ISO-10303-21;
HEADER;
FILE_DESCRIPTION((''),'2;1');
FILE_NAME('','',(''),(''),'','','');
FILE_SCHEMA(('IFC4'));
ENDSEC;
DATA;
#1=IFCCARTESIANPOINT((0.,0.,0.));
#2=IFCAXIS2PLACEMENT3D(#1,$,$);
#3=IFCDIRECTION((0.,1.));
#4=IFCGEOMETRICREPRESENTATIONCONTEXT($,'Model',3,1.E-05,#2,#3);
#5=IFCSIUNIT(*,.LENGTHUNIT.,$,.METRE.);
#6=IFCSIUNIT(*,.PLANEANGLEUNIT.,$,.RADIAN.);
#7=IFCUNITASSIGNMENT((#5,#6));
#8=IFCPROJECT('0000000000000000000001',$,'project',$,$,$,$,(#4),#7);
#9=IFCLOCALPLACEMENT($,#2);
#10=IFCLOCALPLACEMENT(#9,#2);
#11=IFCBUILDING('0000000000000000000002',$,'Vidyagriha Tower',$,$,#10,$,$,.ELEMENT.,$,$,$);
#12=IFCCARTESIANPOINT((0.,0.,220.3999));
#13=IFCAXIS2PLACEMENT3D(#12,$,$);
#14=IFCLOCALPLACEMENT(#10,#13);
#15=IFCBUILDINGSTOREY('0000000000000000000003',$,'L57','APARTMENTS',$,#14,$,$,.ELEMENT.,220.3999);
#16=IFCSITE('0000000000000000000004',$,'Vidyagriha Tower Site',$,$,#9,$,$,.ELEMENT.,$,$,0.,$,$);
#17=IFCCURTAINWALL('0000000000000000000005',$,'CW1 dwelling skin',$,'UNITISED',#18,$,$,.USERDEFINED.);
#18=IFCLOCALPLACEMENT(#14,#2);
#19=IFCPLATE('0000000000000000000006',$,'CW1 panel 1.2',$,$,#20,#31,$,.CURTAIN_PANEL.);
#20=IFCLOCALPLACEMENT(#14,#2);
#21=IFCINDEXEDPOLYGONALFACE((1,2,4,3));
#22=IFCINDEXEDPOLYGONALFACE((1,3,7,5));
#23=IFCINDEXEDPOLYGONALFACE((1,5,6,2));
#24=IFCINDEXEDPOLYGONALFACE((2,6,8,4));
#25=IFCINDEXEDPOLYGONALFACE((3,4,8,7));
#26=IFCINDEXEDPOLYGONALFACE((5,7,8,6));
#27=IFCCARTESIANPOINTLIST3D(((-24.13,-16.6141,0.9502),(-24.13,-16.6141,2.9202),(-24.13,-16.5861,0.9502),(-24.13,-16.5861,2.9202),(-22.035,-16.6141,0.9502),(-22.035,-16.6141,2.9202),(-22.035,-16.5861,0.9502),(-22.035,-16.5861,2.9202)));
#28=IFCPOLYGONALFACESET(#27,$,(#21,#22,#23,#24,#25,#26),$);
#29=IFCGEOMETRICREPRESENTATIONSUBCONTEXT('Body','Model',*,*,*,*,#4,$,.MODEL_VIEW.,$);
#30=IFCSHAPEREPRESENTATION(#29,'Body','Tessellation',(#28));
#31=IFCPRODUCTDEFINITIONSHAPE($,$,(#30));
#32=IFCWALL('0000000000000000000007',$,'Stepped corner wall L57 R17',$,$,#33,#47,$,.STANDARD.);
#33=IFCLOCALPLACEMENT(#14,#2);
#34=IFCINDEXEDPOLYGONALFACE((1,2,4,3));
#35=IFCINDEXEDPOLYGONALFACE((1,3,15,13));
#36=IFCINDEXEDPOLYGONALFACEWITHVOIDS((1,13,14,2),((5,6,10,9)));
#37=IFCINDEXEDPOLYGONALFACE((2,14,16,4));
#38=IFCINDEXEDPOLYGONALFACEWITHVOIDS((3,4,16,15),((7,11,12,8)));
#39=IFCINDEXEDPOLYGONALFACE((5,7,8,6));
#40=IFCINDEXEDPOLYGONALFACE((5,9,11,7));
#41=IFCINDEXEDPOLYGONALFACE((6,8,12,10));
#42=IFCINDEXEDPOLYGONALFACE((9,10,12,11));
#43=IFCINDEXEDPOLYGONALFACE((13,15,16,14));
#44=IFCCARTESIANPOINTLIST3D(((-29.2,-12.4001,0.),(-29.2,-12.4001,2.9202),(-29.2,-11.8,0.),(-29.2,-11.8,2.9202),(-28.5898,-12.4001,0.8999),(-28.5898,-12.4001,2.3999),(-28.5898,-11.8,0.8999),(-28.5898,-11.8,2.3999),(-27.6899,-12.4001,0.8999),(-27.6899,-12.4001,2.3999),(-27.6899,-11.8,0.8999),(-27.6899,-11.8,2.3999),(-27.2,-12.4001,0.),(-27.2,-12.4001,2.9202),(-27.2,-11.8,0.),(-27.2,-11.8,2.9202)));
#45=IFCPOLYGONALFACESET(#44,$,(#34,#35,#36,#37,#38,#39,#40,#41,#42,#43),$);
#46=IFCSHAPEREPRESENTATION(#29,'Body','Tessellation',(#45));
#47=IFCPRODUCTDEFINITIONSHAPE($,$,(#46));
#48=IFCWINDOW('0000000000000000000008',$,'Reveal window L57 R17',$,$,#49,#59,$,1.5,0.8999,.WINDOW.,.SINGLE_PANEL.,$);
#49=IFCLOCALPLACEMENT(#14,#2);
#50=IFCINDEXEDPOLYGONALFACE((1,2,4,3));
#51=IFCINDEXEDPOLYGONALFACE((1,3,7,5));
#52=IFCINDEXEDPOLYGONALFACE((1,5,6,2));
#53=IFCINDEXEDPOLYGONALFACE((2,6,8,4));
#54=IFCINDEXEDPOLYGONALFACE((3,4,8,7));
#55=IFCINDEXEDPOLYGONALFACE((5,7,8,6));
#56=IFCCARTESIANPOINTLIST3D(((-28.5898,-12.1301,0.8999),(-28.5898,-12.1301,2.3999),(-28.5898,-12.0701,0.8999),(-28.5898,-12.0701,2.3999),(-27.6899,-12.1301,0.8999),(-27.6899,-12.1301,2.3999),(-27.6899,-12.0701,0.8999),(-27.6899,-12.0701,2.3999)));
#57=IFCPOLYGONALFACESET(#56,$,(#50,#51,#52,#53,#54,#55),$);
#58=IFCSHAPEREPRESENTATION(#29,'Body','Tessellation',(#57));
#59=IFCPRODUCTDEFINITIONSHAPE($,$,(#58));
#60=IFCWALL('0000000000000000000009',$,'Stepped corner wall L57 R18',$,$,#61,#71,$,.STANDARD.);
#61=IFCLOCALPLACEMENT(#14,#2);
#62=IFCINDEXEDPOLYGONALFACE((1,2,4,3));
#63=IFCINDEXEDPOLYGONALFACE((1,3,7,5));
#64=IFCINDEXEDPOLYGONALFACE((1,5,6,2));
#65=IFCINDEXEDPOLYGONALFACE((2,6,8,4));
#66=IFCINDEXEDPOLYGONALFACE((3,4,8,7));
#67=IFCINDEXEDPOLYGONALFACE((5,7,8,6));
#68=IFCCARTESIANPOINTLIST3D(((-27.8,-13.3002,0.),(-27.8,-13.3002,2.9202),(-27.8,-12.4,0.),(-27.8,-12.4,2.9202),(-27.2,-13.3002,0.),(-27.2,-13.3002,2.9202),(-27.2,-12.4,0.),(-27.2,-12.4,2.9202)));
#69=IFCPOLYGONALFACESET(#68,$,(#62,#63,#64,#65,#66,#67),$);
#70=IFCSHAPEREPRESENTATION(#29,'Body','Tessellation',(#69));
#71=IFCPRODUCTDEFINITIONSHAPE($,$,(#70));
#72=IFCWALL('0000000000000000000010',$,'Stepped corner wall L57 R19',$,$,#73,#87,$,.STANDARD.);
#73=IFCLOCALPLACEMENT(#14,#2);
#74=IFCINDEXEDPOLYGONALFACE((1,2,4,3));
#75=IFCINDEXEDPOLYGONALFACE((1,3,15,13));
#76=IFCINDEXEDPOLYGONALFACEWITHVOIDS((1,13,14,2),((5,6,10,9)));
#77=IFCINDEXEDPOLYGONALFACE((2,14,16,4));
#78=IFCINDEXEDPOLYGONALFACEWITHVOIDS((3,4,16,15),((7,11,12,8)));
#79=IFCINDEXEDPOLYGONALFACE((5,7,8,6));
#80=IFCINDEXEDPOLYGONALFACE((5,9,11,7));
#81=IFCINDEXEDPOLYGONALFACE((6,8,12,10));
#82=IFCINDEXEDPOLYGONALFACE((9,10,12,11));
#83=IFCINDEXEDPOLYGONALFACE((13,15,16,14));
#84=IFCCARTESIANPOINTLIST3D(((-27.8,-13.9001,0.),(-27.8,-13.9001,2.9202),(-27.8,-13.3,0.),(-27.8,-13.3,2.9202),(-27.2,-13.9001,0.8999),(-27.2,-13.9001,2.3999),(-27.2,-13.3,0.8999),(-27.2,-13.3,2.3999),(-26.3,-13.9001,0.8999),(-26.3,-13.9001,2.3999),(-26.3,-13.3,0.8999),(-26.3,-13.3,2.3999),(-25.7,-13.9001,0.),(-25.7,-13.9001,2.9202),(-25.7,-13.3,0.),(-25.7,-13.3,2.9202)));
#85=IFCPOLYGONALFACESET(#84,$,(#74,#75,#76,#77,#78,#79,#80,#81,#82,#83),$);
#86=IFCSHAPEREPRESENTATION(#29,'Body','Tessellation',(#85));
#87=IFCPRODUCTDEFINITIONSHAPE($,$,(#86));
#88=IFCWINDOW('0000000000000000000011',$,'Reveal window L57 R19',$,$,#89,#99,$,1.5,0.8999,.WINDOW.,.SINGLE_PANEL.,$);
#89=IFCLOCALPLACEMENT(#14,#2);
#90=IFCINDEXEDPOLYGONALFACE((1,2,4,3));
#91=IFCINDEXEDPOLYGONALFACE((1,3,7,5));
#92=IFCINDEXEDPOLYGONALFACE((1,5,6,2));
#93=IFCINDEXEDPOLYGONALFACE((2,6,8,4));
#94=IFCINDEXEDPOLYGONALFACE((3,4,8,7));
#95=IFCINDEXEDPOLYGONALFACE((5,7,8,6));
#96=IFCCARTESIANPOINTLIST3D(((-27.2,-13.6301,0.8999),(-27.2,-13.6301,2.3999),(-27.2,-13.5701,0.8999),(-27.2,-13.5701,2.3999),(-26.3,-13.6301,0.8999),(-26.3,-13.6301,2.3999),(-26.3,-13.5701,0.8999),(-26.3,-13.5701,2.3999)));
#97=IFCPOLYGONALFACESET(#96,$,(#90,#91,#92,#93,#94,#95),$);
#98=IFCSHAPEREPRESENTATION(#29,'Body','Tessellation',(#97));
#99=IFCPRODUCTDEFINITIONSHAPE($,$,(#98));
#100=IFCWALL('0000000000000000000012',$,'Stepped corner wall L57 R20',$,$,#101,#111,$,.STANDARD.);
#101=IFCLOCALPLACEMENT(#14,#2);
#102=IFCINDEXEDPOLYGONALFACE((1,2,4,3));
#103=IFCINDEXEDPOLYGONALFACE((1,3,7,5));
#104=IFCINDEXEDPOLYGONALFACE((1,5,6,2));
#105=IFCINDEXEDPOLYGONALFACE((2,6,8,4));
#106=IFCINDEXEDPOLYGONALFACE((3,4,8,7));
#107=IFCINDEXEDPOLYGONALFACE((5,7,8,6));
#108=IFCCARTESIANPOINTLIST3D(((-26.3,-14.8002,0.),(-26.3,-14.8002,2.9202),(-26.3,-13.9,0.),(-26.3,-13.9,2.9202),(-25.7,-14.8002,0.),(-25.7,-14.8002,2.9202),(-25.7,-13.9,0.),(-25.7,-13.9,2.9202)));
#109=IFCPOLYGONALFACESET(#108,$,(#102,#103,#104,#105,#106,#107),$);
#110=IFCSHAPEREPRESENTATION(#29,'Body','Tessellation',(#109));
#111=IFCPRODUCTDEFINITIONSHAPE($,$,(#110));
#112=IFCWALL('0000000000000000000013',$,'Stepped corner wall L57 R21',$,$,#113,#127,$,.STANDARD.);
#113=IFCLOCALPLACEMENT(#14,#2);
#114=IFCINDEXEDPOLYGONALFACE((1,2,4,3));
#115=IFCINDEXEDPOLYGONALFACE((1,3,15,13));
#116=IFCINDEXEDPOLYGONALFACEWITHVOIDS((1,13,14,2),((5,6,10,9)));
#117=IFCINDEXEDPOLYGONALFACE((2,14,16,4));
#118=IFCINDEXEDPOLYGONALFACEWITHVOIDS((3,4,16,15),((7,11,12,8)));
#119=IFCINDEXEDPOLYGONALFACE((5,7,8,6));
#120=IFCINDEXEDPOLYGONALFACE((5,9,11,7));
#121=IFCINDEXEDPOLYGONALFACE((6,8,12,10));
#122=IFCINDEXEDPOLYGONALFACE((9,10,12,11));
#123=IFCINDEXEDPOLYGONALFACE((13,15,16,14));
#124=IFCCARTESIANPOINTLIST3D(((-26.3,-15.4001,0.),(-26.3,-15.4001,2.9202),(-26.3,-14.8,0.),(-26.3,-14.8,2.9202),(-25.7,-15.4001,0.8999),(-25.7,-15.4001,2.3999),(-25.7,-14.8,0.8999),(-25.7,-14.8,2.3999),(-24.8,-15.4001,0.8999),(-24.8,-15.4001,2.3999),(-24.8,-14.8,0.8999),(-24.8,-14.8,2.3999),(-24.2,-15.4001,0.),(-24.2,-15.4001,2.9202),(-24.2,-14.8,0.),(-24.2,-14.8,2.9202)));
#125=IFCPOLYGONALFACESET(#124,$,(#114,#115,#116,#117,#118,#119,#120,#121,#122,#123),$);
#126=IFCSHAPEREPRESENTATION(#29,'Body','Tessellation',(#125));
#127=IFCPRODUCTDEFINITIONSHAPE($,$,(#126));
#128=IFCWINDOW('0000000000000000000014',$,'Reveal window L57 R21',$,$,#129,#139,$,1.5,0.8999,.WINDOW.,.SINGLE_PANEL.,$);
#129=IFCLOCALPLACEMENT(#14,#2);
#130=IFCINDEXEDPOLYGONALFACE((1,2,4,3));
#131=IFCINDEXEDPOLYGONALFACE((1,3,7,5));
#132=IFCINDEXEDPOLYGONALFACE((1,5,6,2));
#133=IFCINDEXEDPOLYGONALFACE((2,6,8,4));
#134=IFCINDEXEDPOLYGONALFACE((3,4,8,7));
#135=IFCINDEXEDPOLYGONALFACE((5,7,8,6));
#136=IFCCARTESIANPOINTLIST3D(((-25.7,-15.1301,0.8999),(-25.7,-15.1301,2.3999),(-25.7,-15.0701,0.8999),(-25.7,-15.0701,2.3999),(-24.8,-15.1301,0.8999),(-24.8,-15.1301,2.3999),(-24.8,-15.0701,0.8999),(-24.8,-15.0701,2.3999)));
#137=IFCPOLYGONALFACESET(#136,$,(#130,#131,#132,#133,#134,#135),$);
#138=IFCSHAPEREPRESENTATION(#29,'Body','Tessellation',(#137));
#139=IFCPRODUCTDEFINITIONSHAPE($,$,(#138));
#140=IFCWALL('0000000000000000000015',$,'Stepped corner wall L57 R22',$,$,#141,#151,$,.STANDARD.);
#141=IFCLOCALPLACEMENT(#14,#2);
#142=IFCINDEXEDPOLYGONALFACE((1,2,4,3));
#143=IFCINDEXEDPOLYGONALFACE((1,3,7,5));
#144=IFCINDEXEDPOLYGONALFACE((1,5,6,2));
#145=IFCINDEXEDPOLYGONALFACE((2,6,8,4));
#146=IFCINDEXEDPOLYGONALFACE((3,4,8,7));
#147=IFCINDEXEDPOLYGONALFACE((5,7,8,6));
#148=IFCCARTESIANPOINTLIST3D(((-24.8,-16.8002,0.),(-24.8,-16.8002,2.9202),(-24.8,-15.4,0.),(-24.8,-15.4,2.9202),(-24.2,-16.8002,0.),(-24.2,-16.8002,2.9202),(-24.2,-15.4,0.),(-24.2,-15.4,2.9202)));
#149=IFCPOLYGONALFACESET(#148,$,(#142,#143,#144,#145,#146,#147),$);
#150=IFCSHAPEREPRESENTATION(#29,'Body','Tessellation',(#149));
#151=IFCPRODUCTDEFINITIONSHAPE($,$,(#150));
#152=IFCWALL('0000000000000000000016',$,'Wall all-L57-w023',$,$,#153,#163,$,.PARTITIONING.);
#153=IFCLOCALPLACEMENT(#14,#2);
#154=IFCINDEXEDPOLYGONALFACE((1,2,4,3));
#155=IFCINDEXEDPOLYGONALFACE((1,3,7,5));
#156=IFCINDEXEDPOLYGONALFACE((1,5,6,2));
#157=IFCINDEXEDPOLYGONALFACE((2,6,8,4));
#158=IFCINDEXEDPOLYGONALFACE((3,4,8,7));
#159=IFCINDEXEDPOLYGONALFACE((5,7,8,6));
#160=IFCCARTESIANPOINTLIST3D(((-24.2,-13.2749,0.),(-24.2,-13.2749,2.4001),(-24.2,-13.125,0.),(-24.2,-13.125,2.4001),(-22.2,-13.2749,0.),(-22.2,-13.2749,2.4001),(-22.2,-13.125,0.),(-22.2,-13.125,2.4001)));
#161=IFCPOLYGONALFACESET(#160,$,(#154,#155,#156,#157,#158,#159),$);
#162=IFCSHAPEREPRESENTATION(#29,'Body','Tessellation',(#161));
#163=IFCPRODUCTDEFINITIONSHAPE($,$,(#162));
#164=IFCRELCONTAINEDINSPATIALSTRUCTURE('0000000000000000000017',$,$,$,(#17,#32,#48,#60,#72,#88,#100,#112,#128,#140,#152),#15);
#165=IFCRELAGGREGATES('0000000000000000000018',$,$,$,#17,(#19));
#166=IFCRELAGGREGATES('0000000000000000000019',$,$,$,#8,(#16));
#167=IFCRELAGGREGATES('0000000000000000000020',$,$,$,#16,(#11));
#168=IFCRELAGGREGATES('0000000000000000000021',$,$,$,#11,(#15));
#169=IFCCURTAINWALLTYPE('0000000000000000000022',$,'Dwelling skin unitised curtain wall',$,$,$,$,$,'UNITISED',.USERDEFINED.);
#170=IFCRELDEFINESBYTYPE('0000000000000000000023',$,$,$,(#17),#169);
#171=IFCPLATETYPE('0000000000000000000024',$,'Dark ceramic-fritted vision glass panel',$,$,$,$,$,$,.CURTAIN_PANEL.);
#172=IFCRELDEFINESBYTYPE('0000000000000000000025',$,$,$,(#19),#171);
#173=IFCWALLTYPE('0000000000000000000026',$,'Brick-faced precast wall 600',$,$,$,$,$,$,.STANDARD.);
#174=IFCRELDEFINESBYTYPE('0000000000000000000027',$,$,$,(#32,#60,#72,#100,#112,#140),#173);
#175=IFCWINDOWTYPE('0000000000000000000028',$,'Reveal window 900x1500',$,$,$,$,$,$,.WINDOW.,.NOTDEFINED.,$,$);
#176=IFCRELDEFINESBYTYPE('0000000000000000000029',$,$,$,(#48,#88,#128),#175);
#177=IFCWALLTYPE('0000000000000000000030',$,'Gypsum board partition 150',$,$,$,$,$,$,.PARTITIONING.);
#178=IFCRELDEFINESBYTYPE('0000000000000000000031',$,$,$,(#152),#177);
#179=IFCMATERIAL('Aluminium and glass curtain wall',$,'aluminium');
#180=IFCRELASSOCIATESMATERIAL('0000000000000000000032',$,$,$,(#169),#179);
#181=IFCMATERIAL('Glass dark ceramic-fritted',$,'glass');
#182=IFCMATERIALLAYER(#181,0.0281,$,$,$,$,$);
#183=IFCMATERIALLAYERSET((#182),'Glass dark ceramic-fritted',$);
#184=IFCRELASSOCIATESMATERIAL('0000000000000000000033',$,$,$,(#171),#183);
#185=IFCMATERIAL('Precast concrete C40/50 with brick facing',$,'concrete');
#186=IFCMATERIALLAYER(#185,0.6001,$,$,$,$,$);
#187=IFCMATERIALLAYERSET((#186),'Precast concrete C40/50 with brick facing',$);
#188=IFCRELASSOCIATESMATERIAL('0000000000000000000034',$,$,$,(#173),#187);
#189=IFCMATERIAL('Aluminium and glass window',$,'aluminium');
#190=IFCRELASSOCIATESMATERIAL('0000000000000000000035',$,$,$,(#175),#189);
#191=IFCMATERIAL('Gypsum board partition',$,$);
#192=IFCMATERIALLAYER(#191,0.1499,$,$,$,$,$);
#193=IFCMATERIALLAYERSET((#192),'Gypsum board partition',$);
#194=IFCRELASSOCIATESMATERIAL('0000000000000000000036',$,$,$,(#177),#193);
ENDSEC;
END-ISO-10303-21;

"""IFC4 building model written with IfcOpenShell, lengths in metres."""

from ifc_helpers import new_model, si_unit, direction, frame, frame_2d, origin, origin_2d, place, context, subcontext, project, spatial, rectangle, extrude, material, layer, layer_set, type_object, element, fill, aggregate, save


model = new_model("IFC4")

# Units and contexts
model_context = context("Model", 3, precision=1e-05, world=origin(), true_north=direction((0.0, 1.0)))
body_context = subcontext(model_context, "Body", "Model", "MODEL_VIEW")
ifc_project = project(units=[si_unit("LENGTHUNIT", "METRE"), si_unit("PLANEANGLEUNIT", "RADIAN")], contexts=[model_context])

# Site, building, storey
site_placement = place(None, origin())
site = spatial("IfcSite", under=ifc_project, at=site_placement, Name="Vidyagriha Tower Site", CompositionType="ELEMENT", RefElevation=0.0)
building_placement = place(site_placement, origin())
building = spatial("IfcBuilding", under=site, at=building_placement, Name="Vidyagriha Tower", CompositionType="ELEMENT")
storey_placement = place(building_placement, frame((0.0, 0.0, 220.3999)))
storey = spatial("IfcBuildingStorey", under=building, at=storey_placement, Name="L57", Description="APARTMENTS", CompositionType="ELEMENT", Elevation=220.3999)

# Shared definitions
ifc_material_1 = material(Name="Aluminium and glass curtain wall", Category="aluminium")
curtain_wall_type = type_object("IfcCurtainWallType", Name="Dwelling skin unitised curtain wall", ElementType="UNITISED", PredefinedType="USERDEFINED", material=ifc_material_1)

# Curtain wall, plate
curtain_wall_1_placement = place(storey_placement, origin())
curtain_wall_1 = element("IfcCurtainWall", 1, at=curtain_wall_1_placement, inside=storey, type_object=curtain_wall_type, Name="CW1 dwelling skin", ObjectType="UNITISED", PredefinedType="USERDEFINED")
ifc_material_2 = material(Name="Glass dark ceramic-fritted", Category="glass")
ifc_layer_1 = layer(ifc_material_2, 0.0281)
ifc_layer_set_1 = layer_set([ifc_layer_1], Name="Glass dark ceramic-fritted")
plate_type_1 = type_object("IfcPlateType", Name="Dark ceramic-fritted vision glass panel", PredefinedType="CURTAIN_PANEL", material=ifc_layer_set_1)
plate_1_placement = place(storey_placement, frame((-23.0825, -16.6001, 0.9502)))
plate_1 = element("IfcPlate", 2, at=plate_1_placement, type_object=plate_type_1, Name="CW1 panel 1.2", PredefinedType="CURTAIN_PANEL", context=body_context, shape_type="SweptSolid", body=[
    extrude(rectangle(XDim=2.095, YDim=0.0281, at=origin_2d()), origin(), (0.0, 0.0, 1.0), 1.97),
])
aggregate(curtain_wall_1, [plate_1])

# Wall, opening, window
ifc_material_3 = material(Name="Precast concrete C40/50 with brick facing", Category="concrete")
ifc_layer_2 = layer(ifc_material_3, 0.6001)
ifc_layer_set_2 = layer_set([ifc_layer_2], Name="Precast concrete C40/50 with brick facing")
wall_type_1 = type_object("IfcWallType", Name="Brick-faced precast wall 600", PredefinedType="STANDARD", material=ifc_layer_set_2)
wall_1_placement = place(storey_placement, frame((-29.2, -12.1001, 0.0)))
wall_1 = element("IfcWall", 3, at=wall_1_placement, inside=storey, type_object=wall_type_1, Name="Stepped corner wall L57 R17", PredefinedType="STANDARD", context=body_context, shape_type="SweptSolid", body=[
    extrude(rectangle(XDim=2.0, YDim=0.6001, at=frame_2d((1.0, 0.0))), origin(), (0.0, 0.0, 1.0), 2.9202),
])
opening_1_placement = place(wall_1_placement, frame((0.6101, 0.0, 0.8999)))
opening_1 = element("IfcOpeningElement", 4, at=opening_1_placement, cuts=wall_1, PredefinedType="OPENING", context=body_context, shape_type="SweptSolid", body=[
    extrude(rectangle(XDim=0.8999, YDim=1.5, at=frame_2d((0.45, 0.75))), frame((0.0, 0.3101, 0.0), z_axis=(0.0, -1.0, 0.0), x_axis=(1.0, 0.0, 0.0)), (0.0, 0.0, 1.0), 0.6201),
])
ifc_material_4 = material(Name="Aluminium and glass window", Category="aluminium")
window_type = type_object("IfcWindowType", Name="Reveal window 900x1500", PartitioningType="NOTDEFINED", PredefinedType="WINDOW", material=ifc_material_4)
window_1_placement = place(opening_1_placement, origin())
window_1 = element("IfcWindow", 5, at=window_1_placement, inside=storey, type_object=window_type, Name="Reveal window L57 R17", OverallHeight=1.5, OverallWidth=0.8999, PartitioningType="SINGLE_PANEL", PredefinedType="WINDOW", context=body_context, shape_type="SweptSolid", body=[
    extrude(rectangle(XDim=0.8999, YDim=1.5, at=frame_2d((0.45, 0.75))), frame((0.0, 0.03, 0.0), z_axis=(0.0, -1.0, 0.0), x_axis=(1.0, 0.0, 0.0)), (0.0, 0.0, 1.0), 0.0601),
])
fill(opening_1, window_1)

# Wall
wall_2_placement = place(storey_placement, frame((-27.5, -12.3999, 0.0), z_axis=(0.0, 0.0, 1.0), x_axis=(0.0, -1.0, 0.0)))
element("IfcWall", 6, at=wall_2_placement, inside=storey, type_object=wall_type_1, Name="Stepped corner wall L57 R18", PredefinedType="STANDARD", context=body_context, shape_type="SweptSolid", body=[
    extrude(rectangle(XDim=0.9001, YDim=0.6001, at=frame_2d((0.4502, 0.0))), origin(), (0.0, 0.0, 1.0), 2.9202),
])

# Wall, opening, window
wall_3_placement = place(storey_placement, frame((-27.8, -13.6001, 0.0)))
wall_3 = element("IfcWall", 7, at=wall_3_placement, inside=storey, type_object=wall_type_1, Name="Stepped corner wall L57 R19", PredefinedType="STANDARD", context=body_context, shape_type="SweptSolid", body=[
    extrude(rectangle(XDim=2.1001, YDim=0.6001, at=frame_2d((1.05, 0.0))), origin(), (0.0, 0.0, 1.0), 2.9202),
])
opening_2_placement = place(wall_3_placement, frame((0.6001, 0.0, 0.8999)))
opening_2 = element("IfcOpeningElement", 8, at=opening_2_placement, cuts=wall_3, PredefinedType="OPENING", context=body_context, shape_type="SweptSolid", body=[
    extrude(rectangle(XDim=0.8999, YDim=1.5, at=frame_2d((0.45, 0.75))), frame((0.0, 0.3101, 0.0), z_axis=(0.0, -1.0, 0.0), x_axis=(1.0, 0.0, 0.0)), (0.0, 0.0, 1.0), 0.6201),
])
window_2_placement = place(opening_2_placement, origin())
window_2 = element("IfcWindow", 9, at=window_2_placement, inside=storey, type_object=window_type, Name="Reveal window L57 R19", OverallHeight=1.5, OverallWidth=0.8999, PartitioningType="SINGLE_PANEL", PredefinedType="WINDOW", context=body_context, shape_type="SweptSolid", body=[
    extrude(rectangle(XDim=0.8999, YDim=1.5, at=frame_2d((0.45, 0.75))), frame((0.0, 0.03, 0.0), z_axis=(0.0, -1.0, 0.0), x_axis=(1.0, 0.0, 0.0)), (0.0, 0.0, 1.0), 0.0601),
])
fill(opening_2, window_2)

# Wall
wall_4_placement = place(storey_placement, frame((-26.0, -13.8999, 0.0), z_axis=(0.0, 0.0, 1.0), x_axis=(0.0, -1.0, 0.0)))
element("IfcWall", 10, at=wall_4_placement, inside=storey, type_object=wall_type_1, Name="Stepped corner wall L57 R20", PredefinedType="STANDARD", context=body_context, shape_type="SweptSolid", body=[
    extrude(rectangle(XDim=0.9001, YDim=0.6001, at=frame_2d((0.4502, 0.0))), origin(), (0.0, 0.0, 1.0), 2.9202),
])

# Wall, opening, window
wall_5_placement = place(storey_placement, frame((-26.3, -15.1001, 0.0)))
wall_5 = element("IfcWall", 11, at=wall_5_placement, inside=storey, type_object=wall_type_1, Name="Stepped corner wall L57 R21", PredefinedType="STANDARD", context=body_context, shape_type="SweptSolid", body=[
    extrude(rectangle(XDim=2.1001, YDim=0.6001, at=frame_2d((1.05, 0.0))), origin(), (0.0, 0.0, 1.0), 2.9202),
])
opening_3_placement = place(wall_5_placement, frame((0.6001, 0.0, 0.8999)))
opening_3 = element("IfcOpeningElement", 12, at=opening_3_placement, cuts=wall_5, PredefinedType="OPENING", context=body_context, shape_type="SweptSolid", body=[
    extrude(rectangle(XDim=0.8999, YDim=1.5, at=frame_2d((0.45, 0.75))), frame((0.0, 0.3101, 0.0), z_axis=(0.0, -1.0, 0.0), x_axis=(1.0, 0.0, 0.0)), (0.0, 0.0, 1.0), 0.6201),
])
window_3_placement = place(opening_3_placement, origin())
window_3 = element("IfcWindow", 13, at=window_3_placement, inside=storey, type_object=window_type, Name="Reveal window L57 R21", OverallHeight=1.5, OverallWidth=0.8999, PartitioningType="SINGLE_PANEL", PredefinedType="WINDOW", context=body_context, shape_type="SweptSolid", body=[
    extrude(rectangle(XDim=0.8999, YDim=1.5, at=frame_2d((0.45, 0.75))), frame((0.0, 0.03, 0.0), z_axis=(0.0, -1.0, 0.0), x_axis=(1.0, 0.0, 0.0)), (0.0, 0.0, 1.0), 0.0601),
])
fill(opening_3, window_3)

# Walls
wall_6_placement = place(storey_placement, frame((-24.5, -15.3999, 0.0), z_axis=(0.0, 0.0, 1.0), x_axis=(0.0, -1.0, 0.0)))
element("IfcWall", 14, at=wall_6_placement, inside=storey, type_object=wall_type_1, Name="Stepped corner wall L57 R22", PredefinedType="STANDARD", context=body_context, shape_type="SweptSolid", body=[
    extrude(rectangle(XDim=1.4001, YDim=0.6001, at=frame_2d((0.7002, 0.0))), origin(), (0.0, 0.0, 1.0), 2.9202),
])
ifc_material_5 = material(Name="Gypsum board partition")
ifc_layer_3 = layer(ifc_material_5, 0.1499)
ifc_layer_set_3 = layer_set([ifc_layer_3], Name="Gypsum board partition")
wall_type_2 = type_object("IfcWallType", Name="Gypsum board partition 150", PredefinedType="PARTITIONING", material=ifc_layer_set_3)
wall_7_placement = place(storey_placement, frame((-22.2, -13.2, 0.0), z_axis=(0.0, 0.0, 1.0), x_axis=(-1.0, 0.0, 0.0)))
element("IfcWall", 15, at=wall_7_placement, inside=storey, type_object=wall_type_2, Name="Wall all-L57-w023", PredefinedType="PARTITIONING", context=body_context, shape_type="SweptSolid", body=[
    extrude(rectangle(XDim=2.0, YDim=0.1499, at=frame_2d((1.0, 0.0))), origin(), (0.0, 0.0, 1.0), 2.4001),
])

save(model, "model.ifc")
